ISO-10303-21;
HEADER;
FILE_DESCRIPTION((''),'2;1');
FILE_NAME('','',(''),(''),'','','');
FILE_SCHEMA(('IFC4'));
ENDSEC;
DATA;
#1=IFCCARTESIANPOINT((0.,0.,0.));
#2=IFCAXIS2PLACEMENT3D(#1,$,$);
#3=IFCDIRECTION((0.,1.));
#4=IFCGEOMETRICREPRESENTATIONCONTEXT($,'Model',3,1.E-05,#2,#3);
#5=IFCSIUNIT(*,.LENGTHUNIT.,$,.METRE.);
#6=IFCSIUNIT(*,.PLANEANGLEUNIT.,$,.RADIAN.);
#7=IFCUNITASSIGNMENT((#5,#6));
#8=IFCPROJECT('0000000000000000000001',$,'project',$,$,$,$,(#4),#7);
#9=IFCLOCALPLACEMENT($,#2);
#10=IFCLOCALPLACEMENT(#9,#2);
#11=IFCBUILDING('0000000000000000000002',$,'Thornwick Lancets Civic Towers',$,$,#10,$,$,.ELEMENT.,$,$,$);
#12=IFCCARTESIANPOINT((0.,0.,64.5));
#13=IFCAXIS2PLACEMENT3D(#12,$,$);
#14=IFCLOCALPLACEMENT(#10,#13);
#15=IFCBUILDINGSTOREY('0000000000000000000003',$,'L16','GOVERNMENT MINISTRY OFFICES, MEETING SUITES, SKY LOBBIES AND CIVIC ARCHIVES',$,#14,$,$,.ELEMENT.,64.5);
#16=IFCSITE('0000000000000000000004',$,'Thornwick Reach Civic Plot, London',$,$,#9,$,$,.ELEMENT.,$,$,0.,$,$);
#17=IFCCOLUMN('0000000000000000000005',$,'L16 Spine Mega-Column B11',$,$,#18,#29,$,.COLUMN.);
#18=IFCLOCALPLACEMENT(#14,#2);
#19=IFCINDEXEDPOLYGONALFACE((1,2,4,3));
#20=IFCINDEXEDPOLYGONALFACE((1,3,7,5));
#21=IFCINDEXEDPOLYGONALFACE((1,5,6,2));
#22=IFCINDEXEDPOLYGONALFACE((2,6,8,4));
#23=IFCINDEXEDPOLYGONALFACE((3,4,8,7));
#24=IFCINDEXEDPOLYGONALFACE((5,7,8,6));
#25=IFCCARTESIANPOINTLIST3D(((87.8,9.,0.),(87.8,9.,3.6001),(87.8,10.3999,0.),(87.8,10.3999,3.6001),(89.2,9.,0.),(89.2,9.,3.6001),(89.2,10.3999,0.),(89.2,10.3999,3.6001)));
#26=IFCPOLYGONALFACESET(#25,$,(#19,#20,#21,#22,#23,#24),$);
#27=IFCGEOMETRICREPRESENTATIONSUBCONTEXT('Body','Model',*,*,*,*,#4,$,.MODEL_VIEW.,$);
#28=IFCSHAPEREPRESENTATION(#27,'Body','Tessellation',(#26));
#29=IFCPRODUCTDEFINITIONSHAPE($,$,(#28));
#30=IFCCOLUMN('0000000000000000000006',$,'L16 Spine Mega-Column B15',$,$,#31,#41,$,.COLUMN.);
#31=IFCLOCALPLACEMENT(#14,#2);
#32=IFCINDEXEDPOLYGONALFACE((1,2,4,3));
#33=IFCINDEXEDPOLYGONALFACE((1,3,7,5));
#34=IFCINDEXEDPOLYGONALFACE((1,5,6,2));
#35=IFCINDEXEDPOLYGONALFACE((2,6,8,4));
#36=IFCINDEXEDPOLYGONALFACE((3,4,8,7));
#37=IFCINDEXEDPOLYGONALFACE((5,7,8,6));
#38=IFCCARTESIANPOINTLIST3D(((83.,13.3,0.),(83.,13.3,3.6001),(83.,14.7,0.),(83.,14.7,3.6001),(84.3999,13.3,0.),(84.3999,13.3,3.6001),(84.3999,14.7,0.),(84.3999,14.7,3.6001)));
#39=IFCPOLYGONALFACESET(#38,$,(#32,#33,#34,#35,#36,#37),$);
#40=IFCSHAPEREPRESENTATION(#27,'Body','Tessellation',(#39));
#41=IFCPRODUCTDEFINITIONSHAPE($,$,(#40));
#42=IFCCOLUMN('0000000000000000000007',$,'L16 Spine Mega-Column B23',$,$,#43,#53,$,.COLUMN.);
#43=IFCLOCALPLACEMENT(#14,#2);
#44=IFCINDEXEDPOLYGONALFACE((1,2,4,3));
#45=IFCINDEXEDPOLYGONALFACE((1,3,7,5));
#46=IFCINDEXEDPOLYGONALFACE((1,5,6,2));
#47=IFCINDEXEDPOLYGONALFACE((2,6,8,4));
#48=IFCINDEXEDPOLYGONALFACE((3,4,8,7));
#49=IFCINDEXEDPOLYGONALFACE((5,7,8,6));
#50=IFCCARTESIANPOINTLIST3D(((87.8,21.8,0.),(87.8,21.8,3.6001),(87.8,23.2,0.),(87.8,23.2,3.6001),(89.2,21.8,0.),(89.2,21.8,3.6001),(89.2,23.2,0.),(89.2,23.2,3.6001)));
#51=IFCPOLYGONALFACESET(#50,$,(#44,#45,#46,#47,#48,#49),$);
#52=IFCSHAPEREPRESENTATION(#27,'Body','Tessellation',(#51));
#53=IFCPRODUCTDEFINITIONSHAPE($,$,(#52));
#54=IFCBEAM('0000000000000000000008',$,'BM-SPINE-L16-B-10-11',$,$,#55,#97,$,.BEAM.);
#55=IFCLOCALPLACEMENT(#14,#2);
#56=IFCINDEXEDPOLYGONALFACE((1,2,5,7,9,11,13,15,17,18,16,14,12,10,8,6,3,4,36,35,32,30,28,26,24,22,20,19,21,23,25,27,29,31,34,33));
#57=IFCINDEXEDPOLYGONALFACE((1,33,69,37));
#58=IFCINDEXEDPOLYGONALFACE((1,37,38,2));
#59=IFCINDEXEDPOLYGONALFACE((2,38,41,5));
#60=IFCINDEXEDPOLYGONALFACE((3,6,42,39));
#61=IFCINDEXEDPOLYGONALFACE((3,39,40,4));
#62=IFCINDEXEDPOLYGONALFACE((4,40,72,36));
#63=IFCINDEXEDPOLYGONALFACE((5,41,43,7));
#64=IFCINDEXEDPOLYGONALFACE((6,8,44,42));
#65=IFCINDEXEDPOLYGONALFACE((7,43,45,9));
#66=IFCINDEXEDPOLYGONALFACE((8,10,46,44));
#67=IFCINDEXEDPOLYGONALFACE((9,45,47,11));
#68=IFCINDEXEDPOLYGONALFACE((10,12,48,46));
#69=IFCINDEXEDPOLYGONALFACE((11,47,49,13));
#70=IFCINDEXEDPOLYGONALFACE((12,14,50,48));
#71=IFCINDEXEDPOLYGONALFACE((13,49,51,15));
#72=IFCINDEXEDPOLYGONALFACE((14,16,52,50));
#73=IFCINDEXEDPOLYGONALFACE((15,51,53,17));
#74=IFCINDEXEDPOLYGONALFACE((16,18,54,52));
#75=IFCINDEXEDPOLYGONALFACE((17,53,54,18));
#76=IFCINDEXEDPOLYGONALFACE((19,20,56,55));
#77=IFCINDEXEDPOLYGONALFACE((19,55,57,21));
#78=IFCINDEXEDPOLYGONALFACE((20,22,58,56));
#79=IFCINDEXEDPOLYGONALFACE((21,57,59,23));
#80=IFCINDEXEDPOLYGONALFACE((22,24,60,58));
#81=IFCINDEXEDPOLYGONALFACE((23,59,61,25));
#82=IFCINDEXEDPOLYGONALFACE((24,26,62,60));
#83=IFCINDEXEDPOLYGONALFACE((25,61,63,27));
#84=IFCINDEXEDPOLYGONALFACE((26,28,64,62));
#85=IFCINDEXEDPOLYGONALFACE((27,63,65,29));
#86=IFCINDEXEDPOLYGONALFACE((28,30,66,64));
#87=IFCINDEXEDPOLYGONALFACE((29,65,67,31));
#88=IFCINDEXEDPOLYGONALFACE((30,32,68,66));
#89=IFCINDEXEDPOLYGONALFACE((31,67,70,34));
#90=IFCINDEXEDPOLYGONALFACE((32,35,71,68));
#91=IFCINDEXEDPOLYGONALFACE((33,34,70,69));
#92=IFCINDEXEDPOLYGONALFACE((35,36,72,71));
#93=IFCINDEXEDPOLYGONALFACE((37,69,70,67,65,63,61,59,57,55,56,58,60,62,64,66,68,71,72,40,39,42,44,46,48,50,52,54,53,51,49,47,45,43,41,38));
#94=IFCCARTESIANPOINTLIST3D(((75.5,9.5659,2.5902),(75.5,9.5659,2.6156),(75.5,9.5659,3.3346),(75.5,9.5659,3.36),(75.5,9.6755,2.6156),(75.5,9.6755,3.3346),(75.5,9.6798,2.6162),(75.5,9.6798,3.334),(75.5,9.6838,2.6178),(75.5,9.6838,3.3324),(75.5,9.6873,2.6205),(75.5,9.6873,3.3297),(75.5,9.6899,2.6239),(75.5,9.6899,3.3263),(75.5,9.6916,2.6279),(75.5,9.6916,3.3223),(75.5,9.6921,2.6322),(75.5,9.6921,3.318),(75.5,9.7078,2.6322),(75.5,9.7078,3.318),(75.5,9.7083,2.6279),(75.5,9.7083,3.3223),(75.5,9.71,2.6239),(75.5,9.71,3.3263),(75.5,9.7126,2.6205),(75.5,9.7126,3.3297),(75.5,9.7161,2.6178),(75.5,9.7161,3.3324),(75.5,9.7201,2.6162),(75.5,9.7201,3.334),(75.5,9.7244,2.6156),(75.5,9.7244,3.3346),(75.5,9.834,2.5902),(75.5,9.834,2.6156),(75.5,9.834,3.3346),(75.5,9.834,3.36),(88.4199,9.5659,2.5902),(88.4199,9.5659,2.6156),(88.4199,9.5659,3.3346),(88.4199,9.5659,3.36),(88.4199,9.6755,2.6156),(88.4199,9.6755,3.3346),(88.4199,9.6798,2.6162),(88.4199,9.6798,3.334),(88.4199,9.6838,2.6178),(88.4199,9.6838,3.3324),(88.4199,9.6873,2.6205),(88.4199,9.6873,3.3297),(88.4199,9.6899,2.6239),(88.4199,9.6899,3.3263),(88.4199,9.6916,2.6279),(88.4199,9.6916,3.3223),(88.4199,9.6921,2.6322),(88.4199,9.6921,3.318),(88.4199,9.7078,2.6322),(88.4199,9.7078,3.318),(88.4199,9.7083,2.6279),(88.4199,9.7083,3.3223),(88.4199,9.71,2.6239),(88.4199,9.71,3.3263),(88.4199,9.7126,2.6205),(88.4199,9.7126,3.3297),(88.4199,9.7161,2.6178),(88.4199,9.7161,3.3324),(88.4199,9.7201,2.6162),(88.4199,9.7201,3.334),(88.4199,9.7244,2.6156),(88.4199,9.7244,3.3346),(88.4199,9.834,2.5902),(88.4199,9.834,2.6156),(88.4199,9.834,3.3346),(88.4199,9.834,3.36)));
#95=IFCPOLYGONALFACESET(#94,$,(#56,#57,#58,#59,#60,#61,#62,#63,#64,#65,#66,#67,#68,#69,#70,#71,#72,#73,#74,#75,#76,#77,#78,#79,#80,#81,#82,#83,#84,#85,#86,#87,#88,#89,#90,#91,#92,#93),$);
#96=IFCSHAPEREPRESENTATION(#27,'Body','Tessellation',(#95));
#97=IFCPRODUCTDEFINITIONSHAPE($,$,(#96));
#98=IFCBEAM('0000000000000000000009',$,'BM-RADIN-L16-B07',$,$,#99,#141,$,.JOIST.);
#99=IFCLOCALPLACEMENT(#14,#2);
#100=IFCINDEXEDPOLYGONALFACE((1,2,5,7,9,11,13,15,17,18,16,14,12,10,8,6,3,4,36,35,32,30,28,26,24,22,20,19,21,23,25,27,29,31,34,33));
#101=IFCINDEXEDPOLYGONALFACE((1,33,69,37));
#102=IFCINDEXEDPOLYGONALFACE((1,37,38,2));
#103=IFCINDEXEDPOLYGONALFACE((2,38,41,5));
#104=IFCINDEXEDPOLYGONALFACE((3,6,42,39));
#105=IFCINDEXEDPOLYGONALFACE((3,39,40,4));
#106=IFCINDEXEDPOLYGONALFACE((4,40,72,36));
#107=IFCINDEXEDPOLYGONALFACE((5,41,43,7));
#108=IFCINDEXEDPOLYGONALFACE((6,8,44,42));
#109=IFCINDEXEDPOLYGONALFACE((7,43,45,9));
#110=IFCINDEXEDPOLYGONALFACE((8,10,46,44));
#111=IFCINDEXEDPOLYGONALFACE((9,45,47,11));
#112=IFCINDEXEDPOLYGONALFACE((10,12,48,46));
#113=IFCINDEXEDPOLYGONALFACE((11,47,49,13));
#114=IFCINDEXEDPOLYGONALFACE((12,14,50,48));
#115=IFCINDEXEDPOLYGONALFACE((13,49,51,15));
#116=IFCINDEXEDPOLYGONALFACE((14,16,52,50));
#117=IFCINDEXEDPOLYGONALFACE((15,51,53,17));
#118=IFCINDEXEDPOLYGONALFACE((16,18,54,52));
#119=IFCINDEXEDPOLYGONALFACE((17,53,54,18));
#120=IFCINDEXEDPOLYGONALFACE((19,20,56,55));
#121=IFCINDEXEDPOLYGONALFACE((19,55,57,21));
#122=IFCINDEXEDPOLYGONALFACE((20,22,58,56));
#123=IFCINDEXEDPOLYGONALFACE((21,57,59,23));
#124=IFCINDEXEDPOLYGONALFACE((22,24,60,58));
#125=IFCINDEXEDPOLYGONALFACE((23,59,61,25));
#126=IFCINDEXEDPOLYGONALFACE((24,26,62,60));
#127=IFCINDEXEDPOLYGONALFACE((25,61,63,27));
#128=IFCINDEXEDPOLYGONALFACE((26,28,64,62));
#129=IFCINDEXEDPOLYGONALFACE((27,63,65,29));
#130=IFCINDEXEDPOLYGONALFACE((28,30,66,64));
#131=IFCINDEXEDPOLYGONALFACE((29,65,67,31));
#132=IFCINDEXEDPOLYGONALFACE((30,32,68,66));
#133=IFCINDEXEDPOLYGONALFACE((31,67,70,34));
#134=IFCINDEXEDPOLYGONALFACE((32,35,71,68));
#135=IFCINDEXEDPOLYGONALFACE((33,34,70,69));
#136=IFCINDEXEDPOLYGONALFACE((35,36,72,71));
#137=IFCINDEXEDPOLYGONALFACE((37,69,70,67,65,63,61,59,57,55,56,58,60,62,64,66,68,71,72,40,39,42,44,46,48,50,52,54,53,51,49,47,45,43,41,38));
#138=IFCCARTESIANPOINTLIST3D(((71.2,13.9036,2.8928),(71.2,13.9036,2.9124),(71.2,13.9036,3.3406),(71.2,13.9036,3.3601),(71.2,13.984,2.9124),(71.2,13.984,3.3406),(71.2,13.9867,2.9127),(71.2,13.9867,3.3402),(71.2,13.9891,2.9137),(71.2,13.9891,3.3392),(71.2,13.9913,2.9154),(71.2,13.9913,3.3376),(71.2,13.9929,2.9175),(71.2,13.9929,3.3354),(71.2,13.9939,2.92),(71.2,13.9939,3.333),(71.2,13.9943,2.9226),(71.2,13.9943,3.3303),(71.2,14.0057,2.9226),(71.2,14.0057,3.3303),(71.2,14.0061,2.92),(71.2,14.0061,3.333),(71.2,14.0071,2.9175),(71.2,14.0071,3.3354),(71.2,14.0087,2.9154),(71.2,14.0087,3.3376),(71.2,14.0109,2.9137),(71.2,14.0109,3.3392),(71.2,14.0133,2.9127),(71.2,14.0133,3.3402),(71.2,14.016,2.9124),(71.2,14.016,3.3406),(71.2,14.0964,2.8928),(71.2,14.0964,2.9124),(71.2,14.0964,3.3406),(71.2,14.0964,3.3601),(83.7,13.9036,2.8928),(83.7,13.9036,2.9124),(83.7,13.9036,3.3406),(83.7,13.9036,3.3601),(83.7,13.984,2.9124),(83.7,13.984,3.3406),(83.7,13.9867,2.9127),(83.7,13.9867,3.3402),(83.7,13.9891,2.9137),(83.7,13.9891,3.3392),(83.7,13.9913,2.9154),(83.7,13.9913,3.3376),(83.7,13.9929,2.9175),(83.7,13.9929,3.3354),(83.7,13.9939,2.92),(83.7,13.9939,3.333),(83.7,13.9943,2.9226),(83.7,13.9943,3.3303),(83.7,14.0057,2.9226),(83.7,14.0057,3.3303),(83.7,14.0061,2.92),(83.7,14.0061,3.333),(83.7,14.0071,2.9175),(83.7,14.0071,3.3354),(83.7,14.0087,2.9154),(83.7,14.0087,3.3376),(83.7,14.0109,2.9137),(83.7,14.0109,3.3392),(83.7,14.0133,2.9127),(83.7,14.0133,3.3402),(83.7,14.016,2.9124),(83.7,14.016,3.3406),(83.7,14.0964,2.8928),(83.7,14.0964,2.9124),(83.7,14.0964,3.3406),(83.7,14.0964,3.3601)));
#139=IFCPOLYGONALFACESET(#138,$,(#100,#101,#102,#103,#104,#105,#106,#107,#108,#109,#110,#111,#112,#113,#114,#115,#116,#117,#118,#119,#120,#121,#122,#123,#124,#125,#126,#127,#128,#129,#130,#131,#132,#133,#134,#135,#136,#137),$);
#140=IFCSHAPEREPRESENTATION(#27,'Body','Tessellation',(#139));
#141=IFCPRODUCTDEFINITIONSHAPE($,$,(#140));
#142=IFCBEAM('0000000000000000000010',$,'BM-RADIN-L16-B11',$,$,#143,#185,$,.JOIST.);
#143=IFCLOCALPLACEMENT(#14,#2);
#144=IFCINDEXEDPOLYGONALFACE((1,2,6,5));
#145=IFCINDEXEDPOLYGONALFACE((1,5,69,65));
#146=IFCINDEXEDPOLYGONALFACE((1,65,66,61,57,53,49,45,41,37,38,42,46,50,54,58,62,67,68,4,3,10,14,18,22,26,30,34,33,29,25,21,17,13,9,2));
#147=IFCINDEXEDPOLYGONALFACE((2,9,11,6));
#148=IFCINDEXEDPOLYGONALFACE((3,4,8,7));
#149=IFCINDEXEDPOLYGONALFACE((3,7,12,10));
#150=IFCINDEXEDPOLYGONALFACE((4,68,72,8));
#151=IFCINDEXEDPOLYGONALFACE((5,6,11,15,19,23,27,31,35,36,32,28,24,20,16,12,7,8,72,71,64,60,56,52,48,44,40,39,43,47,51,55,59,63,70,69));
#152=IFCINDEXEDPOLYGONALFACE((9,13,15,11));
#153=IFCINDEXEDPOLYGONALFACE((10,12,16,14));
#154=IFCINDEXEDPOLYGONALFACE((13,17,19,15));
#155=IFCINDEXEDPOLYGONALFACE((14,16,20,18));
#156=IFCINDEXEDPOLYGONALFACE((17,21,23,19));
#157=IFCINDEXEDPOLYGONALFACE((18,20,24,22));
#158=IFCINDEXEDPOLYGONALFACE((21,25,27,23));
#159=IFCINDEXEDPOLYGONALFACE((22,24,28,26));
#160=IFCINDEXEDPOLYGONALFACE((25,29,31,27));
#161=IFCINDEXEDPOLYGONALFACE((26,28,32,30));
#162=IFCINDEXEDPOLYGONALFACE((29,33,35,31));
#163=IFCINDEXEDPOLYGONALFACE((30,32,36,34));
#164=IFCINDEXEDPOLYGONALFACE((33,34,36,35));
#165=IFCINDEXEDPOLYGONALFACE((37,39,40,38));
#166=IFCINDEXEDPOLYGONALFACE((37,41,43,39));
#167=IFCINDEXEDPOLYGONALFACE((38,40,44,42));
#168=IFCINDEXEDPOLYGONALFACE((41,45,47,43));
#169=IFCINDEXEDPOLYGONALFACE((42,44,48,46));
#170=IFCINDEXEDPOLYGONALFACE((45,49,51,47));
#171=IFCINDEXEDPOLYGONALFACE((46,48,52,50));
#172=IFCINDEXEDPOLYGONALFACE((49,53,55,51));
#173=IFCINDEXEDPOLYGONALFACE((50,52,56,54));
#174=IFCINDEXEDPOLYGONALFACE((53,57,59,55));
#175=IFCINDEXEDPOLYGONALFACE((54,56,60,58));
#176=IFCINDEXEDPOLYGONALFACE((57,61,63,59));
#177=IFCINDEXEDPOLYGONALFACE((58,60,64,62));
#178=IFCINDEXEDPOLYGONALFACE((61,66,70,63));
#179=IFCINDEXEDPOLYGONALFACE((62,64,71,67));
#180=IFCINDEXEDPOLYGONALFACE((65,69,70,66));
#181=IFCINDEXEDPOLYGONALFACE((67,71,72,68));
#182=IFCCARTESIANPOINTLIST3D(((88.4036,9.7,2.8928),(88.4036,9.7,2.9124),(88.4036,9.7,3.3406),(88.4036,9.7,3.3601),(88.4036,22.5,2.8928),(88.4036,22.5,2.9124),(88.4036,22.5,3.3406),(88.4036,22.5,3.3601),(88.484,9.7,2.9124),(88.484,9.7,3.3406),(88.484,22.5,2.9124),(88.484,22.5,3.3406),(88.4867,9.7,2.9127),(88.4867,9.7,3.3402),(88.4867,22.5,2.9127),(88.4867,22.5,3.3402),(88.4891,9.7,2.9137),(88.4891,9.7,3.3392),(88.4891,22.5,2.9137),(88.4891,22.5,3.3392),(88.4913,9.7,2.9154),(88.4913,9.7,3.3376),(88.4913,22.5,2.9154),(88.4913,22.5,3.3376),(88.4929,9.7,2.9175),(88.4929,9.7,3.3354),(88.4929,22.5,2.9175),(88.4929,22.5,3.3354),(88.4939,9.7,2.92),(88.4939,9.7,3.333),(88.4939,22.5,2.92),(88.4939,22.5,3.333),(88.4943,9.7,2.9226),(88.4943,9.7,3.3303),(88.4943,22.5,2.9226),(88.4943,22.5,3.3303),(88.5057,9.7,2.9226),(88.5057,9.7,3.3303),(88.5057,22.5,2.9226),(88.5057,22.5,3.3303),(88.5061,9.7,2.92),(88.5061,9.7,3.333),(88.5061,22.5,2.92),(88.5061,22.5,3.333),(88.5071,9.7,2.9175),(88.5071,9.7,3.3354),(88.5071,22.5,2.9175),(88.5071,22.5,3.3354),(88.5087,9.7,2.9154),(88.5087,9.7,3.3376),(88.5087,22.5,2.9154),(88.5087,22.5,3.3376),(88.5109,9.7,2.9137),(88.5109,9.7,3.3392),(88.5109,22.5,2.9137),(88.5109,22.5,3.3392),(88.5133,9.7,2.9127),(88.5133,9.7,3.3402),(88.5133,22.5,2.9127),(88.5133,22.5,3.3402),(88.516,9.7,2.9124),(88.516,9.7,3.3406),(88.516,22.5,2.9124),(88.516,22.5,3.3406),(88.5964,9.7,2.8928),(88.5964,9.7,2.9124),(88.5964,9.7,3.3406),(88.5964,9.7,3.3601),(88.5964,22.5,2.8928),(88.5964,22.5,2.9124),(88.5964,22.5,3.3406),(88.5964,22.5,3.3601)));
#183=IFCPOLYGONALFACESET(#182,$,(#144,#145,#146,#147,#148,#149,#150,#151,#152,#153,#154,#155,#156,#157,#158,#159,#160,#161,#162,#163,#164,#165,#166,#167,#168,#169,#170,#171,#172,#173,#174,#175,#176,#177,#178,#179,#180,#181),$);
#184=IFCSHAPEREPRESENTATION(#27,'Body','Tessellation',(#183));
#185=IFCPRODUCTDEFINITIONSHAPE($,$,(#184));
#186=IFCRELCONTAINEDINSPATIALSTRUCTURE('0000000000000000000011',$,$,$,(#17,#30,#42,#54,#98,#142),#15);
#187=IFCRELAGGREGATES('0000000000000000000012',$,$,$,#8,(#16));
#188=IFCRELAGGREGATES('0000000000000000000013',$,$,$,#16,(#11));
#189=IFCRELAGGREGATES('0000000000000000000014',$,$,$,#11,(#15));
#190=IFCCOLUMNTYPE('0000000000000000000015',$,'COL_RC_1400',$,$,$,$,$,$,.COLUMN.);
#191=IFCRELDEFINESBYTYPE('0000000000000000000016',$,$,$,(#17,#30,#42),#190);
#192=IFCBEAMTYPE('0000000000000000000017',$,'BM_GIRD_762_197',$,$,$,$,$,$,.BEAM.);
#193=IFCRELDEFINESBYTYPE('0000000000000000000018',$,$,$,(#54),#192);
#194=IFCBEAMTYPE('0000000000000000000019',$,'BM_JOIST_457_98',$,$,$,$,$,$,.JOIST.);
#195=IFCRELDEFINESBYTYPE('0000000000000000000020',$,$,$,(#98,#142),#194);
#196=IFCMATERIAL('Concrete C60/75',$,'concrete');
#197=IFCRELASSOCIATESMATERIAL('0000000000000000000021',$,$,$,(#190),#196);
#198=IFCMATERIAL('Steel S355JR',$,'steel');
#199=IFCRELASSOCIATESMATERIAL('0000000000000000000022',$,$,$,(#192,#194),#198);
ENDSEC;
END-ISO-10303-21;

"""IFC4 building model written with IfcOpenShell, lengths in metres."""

from ifc_helpers import new_model, si_unit, direction, frame, origin, origin_2d, place, context, subcontext, project, spatial, rectangle, i_section, extrude, material, material_profile, profile_set, type_object, element, save


model = new_model("IFC4")

# Units and contexts
model_context = context("Model", 3, precision=1e-05, world=origin(), true_north=direction((0.0, 1.0)))
body_context = subcontext(model_context, "Body", "Model", "MODEL_VIEW")
ifc_project = project(units=[si_unit("LENGTHUNIT", "METRE"), si_unit("PLANEANGLEUNIT", "RADIAN")], contexts=[model_context])

# Site, building, storey
site_placement = place(None, origin())
site = spatial("IfcSite", under=ifc_project, at=site_placement, Name="Thornwick Reach Civic Plot, London", CompositionType="ELEMENT", RefElevation=0.0)
building_placement = place(site_placement, origin())
building = spatial("IfcBuilding", under=site, at=building_placement, Name="Thornwick Lancets Civic Towers", CompositionType="ELEMENT")
storey_placement = place(building_placement, frame((0.0, 0.0, 64.5)))
storey = spatial("IfcBuildingStorey", under=building, at=storey_placement, Name="L16", Description="GOVERNMENT MINISTRY OFFICES, MEETING SUITES, SKY LOBBIES AND CIVIC ARCHIVES", CompositionType="ELEMENT", Elevation=64.5)

# Columns
ifc_material_1 = material(Name="Concrete C60/75", Category="concrete")
ifc_material_profile_1 = material_profile(ifc_material_1, rectangle(XDim=1.3999, YDim=1.3999, at=origin_2d()), Name="RC 1400x1400")
ifc_profile_set_1 = profile_set([ifc_material_profile_1], Name="Concrete C60/75")
column_type = type_object("IfcColumnType", Name="COL_RC_1400", PredefinedType="COLUMN", material=ifc_profile_set_1)
for number, where, z_axis, x_axis, name in (
    (1, (88.5, 9.7, 0.0), (0.0, 0.0, 1.0), (1.0, 0.0, 0.0), "L16 Spine Mega-Column B11"),
    (2, (83.7, 14.0, 0.0), (0.0, 0.0, 1.0), (1.0, 0.0, 0.0), "L16 Spine Mega-Column B15"),
    (3, (88.5, 22.5, 0.0), (0.0, 0.0, 1.0), (1.0, 0.0, 0.0), "L16 Spine Mega-Column B23"),
):
    element("IfcColumn", number, at=place(storey_placement, frame(where, z_axis=z_axis, x_axis=x_axis)), inside=storey, type_object=column_type, Name=name, PredefinedType="COLUMN", context=body_context, shape_type="SweptSolid", body=[
        extrude(rectangle(XDim=1.3999, YDim=1.3999, at=origin_2d()), origin(), (0.0, 0.0, 1.0), 3.6001),
    ])

# Beams
ifc_material_2 = material(Name="Steel S355JR", Category="steel")
ifc_material_profile_2 = material_profile(ifc_material_2, i_section(OverallWidth=0.2681, OverallDepth=0.7698, WebThickness=0.0156, FlangeThickness=0.0254, FilletRadius=0.0166, at=origin_2d()), Name="UKB 762x267x197")
ifc_profile_set_2 = profile_set([ifc_material_profile_2], Name="Steel S355JR")
beam_type_1 = type_object("IfcBeamType", Name="BM_GIRD_762_197", PredefinedType="BEAM", material=ifc_profile_set_2)
beam_1_placement = place(storey_placement, frame((88.4199, 9.7, 2.9751), z_axis=(-1.0, 0.0, 0.0), x_axis=(0.0, -1.0, 0.0)))
element("IfcBeam", 4, at=beam_1_placement, inside=storey, type_object=beam_type_1, Name="BM-SPINE-L16-B-10-11", PredefinedType="BEAM", context=body_context, shape_type="SweptSolid", body=[
    extrude(i_section(OverallWidth=0.2681, OverallDepth=0.7698, WebThickness=0.0156, FlangeThickness=0.0254, FilletRadius=0.0166, at=origin_2d()), origin(), (0.0, 0.0, 1.0), 12.9199),
])
ifc_material_profile_3 = material_profile(ifc_material_2, i_section(OverallWidth=0.1929, OverallDepth=0.4673, WebThickness=0.0115, FlangeThickness=0.0195, FilletRadius=0.0103, at=origin_2d()), Name="UKB 457x191x98")
ifc_profile_set_3 = profile_set([ifc_material_profile_3], Name="Steel S355JR")
beam_type_2 = type_object("IfcBeamType", Name="BM_JOIST_457_98", PredefinedType="JOIST", material=ifc_profile_set_3)
beam_2_placement = place(storey_placement, frame((83.7, 14.0, 3.1265), z_axis=(-1.0, 0.0, 0.0), x_axis=(0.0, -1.0, 0.0)))
element("IfcBeam", 5, at=beam_2_placement, inside=storey, type_object=beam_type_2, Name="BM-RADIN-L16-B07", PredefinedType="JOIST", context=body_context, shape_type="SweptSolid", body=[
    extrude(i_section(OverallWidth=0.1929, OverallDepth=0.4673, WebThickness=0.0115, FlangeThickness=0.0195, FilletRadius=0.0103, at=origin_2d()), origin(), (0.0, 0.0, 1.0), 12.5),
])
beam_3_placement = place(storey_placement, frame((88.5, 22.5, 3.1265), z_axis=(0.0, -1.0, 0.0), x_axis=(1.0, 0.0, 0.0)))
element("IfcBeam", 6, at=beam_3_placement, inside=storey, type_object=beam_type_2, Name="BM-RADIN-L16-B11", PredefinedType="JOIST", context=body_context, shape_type="SweptSolid", body=[
    extrude(i_section(OverallWidth=0.1929, OverallDepth=0.4673, WebThickness=0.0115, FlangeThickness=0.0195, FilletRadius=0.0103, at=origin_2d()), origin(), (0.0, 0.0, 1.0), 12.8),
])

save(model, "model.ifc")
